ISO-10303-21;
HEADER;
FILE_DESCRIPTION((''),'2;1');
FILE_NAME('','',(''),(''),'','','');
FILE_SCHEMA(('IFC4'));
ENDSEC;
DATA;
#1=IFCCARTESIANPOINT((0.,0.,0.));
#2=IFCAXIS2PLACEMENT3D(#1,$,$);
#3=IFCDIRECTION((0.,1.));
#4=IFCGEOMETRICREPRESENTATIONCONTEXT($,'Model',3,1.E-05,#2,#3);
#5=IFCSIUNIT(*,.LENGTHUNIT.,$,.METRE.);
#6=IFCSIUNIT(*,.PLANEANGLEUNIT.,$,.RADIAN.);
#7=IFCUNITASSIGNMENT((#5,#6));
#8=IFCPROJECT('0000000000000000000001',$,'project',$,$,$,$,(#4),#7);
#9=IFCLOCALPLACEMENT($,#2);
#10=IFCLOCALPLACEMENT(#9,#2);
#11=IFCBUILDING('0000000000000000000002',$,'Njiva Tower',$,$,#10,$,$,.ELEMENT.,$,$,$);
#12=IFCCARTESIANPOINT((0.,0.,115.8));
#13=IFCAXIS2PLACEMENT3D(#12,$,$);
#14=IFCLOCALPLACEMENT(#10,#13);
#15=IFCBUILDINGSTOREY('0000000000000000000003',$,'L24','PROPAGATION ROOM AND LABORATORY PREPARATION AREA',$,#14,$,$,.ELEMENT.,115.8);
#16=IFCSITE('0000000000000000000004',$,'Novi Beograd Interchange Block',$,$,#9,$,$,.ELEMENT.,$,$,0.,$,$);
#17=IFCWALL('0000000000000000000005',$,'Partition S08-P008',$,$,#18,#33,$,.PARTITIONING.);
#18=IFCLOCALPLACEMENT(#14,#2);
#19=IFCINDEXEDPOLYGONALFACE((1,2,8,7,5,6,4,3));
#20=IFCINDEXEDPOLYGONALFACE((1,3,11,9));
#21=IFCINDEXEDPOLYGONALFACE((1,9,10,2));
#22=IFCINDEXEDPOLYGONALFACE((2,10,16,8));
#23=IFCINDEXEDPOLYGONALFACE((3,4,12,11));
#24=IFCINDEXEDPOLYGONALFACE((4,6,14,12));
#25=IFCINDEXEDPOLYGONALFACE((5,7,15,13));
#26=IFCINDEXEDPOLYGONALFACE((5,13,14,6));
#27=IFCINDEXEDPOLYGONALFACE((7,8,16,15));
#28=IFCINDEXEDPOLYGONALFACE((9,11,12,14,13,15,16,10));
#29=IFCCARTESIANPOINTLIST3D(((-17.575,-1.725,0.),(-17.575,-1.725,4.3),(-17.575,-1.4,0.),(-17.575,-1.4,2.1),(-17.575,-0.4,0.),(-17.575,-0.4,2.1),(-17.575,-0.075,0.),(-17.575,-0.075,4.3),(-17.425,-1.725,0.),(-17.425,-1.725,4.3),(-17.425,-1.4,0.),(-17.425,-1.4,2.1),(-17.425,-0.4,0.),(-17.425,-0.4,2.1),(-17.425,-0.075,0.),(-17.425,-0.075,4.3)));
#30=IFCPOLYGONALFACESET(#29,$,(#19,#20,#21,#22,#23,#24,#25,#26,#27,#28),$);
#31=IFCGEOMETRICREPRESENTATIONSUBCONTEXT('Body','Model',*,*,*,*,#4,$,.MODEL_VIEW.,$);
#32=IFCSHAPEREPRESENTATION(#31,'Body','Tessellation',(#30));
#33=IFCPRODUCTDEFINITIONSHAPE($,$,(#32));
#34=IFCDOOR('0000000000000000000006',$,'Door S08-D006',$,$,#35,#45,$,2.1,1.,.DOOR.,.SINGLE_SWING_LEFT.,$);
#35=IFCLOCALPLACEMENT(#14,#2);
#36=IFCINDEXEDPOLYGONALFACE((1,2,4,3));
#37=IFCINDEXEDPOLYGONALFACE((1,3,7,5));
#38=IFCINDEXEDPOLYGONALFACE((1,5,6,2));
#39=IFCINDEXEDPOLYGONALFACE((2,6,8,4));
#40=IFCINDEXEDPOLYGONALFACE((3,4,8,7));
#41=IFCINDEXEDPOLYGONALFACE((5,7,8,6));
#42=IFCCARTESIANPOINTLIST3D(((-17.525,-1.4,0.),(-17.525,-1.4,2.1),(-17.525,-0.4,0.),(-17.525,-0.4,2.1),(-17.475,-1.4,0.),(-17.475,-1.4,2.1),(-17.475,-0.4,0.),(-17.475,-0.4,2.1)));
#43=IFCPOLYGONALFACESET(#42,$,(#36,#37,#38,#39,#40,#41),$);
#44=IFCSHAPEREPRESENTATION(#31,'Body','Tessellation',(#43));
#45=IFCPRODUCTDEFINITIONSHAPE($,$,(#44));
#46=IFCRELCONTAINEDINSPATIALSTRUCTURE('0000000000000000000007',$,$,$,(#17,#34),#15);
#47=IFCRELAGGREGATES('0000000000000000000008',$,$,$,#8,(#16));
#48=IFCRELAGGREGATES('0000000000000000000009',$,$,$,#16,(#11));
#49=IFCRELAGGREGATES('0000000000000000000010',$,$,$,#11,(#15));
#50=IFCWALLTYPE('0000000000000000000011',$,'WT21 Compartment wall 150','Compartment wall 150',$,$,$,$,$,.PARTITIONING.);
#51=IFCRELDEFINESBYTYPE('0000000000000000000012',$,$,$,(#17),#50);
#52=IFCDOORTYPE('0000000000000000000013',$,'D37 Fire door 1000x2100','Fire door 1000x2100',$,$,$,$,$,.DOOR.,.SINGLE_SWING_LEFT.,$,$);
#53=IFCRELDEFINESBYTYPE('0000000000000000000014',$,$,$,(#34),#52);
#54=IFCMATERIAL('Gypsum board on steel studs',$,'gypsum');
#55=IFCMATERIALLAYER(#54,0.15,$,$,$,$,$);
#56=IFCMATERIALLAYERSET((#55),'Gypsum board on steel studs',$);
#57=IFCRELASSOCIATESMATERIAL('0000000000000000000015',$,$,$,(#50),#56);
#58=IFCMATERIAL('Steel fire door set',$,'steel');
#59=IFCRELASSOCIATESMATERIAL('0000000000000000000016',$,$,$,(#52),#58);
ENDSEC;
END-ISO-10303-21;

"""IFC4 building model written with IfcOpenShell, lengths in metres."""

from ifc_helpers import new_model, si_unit, direction, frame, frame_2d, origin, place, context, subcontext, project, spatial, rectangle, extrude, material, layer, layer_set, type_object, element, fill, save


model = new_model("IFC4")

# Units and contexts
model_context = context("Model", 3, precision=1e-05, world=origin(), true_north=direction((0.0, 1.0)))
body_context = subcontext(model_context, "Body", "Model", "MODEL_VIEW")
ifc_project = project(units=[si_unit("LENGTHUNIT", "METRE"), si_unit("PLANEANGLEUNIT", "RADIAN")], contexts=[model_context])

# Site, building, storey
site_placement = place(None, origin())
site = spatial("IfcSite", under=ifc_project, at=site_placement, Name="Novi Beograd Interchange Block", CompositionType="ELEMENT", RefElevation=0.0)
building_placement = place(site_placement, origin())
building = spatial("IfcBuilding", under=site, at=building_placement, Name="Njiva Tower", CompositionType="ELEMENT")
storey_placement = place(building_placement, frame((0.0, 0.0, 115.8)))
storey = spatial("IfcBuildingStorey", under=building, at=storey_placement, Name="L24", Description="PROPAGATION ROOM AND LABORATORY PREPARATION AREA", CompositionType="ELEMENT", Elevation=115.8)

# Shared definitions
ifc_material_1 = material(Name="Gypsum board on steel studs", Category="gypsum")
ifc_layer = layer(ifc_material_1, 0.15)
ifc_layer_set = layer_set([ifc_layer], Name="Gypsum board on steel studs")
wall_type = type_object("IfcWallType", Name="WT21 Compartment wall 150", Description="Compartment wall 150", PredefinedType="PARTITIONING", material=ifc_layer_set)
ifc_material_2 = material(Name="Steel fire door set", Category="steel")
door_type = type_object("IfcDoorType", Name="D37 Fire door 1000x2100", Description="Fire door 1000x2100", OperationType="SINGLE_SWING_LEFT", PredefinedType="DOOR", material=ifc_material_2)

# Wall, opening, door
wall_1_placement = place(storey_placement, frame((-17.5, -1.725, 0.0), z_axis=(0.0, 0.0, 1.0), x_axis=(0.0, 1.0, 0.0)))
wall_1 = element("IfcWall", 1, at=wall_1_placement, inside=storey, type_object=wall_type, Name="Partition S08-P008", PredefinedType="PARTITIONING", context=body_context, shape_type="SweptSolid", body=[
    extrude(rectangle(XDim=1.65, YDim=0.15, at=frame_2d((0.825, 0.0))), origin(), (0.0, 0.0, 1.0), 4.3),
])
opening_1_placement = place(wall_1_placement, frame((0.325, 0.0, 0.0)))
opening_1 = element("IfcOpeningElement", 2, at=opening_1_placement, cuts=wall_1, PredefinedType="OPENING", context=body_context, shape_type="SweptSolid", body=[
    extrude(rectangle(XDim=1.0, YDim=2.1, at=frame_2d((0.5, 1.05))), frame((0.0, 0.085, 0.0), z_axis=(0.0, -1.0, 0.0), x_axis=(1.0, 0.0, 0.0)), (0.0, 0.0, 1.0), 0.17),
])
door_1_placement = place(opening_1_placement, origin())
door_1 = element("IfcDoor", 3, at=door_1_placement, inside=storey, type_object=door_type, Name="Door S08-D006", OperationType="SINGLE_SWING_LEFT", OverallHeight=2.1, OverallWidth=1.0, PredefinedType="DOOR", context=body_context, shape_type="SweptSolid", body=[
    extrude(rectangle(XDim=1.0, YDim=2.1, at=frame_2d((0.5, 1.05))), frame((0.0, 0.025, 0.0), z_axis=(0.0, -1.0, 0.0), x_axis=(1.0, 0.0, 0.0)), (0.0, 0.0, 1.0), 0.05),
])
fill(opening_1, door_1)

save(model, "model.ifc")
